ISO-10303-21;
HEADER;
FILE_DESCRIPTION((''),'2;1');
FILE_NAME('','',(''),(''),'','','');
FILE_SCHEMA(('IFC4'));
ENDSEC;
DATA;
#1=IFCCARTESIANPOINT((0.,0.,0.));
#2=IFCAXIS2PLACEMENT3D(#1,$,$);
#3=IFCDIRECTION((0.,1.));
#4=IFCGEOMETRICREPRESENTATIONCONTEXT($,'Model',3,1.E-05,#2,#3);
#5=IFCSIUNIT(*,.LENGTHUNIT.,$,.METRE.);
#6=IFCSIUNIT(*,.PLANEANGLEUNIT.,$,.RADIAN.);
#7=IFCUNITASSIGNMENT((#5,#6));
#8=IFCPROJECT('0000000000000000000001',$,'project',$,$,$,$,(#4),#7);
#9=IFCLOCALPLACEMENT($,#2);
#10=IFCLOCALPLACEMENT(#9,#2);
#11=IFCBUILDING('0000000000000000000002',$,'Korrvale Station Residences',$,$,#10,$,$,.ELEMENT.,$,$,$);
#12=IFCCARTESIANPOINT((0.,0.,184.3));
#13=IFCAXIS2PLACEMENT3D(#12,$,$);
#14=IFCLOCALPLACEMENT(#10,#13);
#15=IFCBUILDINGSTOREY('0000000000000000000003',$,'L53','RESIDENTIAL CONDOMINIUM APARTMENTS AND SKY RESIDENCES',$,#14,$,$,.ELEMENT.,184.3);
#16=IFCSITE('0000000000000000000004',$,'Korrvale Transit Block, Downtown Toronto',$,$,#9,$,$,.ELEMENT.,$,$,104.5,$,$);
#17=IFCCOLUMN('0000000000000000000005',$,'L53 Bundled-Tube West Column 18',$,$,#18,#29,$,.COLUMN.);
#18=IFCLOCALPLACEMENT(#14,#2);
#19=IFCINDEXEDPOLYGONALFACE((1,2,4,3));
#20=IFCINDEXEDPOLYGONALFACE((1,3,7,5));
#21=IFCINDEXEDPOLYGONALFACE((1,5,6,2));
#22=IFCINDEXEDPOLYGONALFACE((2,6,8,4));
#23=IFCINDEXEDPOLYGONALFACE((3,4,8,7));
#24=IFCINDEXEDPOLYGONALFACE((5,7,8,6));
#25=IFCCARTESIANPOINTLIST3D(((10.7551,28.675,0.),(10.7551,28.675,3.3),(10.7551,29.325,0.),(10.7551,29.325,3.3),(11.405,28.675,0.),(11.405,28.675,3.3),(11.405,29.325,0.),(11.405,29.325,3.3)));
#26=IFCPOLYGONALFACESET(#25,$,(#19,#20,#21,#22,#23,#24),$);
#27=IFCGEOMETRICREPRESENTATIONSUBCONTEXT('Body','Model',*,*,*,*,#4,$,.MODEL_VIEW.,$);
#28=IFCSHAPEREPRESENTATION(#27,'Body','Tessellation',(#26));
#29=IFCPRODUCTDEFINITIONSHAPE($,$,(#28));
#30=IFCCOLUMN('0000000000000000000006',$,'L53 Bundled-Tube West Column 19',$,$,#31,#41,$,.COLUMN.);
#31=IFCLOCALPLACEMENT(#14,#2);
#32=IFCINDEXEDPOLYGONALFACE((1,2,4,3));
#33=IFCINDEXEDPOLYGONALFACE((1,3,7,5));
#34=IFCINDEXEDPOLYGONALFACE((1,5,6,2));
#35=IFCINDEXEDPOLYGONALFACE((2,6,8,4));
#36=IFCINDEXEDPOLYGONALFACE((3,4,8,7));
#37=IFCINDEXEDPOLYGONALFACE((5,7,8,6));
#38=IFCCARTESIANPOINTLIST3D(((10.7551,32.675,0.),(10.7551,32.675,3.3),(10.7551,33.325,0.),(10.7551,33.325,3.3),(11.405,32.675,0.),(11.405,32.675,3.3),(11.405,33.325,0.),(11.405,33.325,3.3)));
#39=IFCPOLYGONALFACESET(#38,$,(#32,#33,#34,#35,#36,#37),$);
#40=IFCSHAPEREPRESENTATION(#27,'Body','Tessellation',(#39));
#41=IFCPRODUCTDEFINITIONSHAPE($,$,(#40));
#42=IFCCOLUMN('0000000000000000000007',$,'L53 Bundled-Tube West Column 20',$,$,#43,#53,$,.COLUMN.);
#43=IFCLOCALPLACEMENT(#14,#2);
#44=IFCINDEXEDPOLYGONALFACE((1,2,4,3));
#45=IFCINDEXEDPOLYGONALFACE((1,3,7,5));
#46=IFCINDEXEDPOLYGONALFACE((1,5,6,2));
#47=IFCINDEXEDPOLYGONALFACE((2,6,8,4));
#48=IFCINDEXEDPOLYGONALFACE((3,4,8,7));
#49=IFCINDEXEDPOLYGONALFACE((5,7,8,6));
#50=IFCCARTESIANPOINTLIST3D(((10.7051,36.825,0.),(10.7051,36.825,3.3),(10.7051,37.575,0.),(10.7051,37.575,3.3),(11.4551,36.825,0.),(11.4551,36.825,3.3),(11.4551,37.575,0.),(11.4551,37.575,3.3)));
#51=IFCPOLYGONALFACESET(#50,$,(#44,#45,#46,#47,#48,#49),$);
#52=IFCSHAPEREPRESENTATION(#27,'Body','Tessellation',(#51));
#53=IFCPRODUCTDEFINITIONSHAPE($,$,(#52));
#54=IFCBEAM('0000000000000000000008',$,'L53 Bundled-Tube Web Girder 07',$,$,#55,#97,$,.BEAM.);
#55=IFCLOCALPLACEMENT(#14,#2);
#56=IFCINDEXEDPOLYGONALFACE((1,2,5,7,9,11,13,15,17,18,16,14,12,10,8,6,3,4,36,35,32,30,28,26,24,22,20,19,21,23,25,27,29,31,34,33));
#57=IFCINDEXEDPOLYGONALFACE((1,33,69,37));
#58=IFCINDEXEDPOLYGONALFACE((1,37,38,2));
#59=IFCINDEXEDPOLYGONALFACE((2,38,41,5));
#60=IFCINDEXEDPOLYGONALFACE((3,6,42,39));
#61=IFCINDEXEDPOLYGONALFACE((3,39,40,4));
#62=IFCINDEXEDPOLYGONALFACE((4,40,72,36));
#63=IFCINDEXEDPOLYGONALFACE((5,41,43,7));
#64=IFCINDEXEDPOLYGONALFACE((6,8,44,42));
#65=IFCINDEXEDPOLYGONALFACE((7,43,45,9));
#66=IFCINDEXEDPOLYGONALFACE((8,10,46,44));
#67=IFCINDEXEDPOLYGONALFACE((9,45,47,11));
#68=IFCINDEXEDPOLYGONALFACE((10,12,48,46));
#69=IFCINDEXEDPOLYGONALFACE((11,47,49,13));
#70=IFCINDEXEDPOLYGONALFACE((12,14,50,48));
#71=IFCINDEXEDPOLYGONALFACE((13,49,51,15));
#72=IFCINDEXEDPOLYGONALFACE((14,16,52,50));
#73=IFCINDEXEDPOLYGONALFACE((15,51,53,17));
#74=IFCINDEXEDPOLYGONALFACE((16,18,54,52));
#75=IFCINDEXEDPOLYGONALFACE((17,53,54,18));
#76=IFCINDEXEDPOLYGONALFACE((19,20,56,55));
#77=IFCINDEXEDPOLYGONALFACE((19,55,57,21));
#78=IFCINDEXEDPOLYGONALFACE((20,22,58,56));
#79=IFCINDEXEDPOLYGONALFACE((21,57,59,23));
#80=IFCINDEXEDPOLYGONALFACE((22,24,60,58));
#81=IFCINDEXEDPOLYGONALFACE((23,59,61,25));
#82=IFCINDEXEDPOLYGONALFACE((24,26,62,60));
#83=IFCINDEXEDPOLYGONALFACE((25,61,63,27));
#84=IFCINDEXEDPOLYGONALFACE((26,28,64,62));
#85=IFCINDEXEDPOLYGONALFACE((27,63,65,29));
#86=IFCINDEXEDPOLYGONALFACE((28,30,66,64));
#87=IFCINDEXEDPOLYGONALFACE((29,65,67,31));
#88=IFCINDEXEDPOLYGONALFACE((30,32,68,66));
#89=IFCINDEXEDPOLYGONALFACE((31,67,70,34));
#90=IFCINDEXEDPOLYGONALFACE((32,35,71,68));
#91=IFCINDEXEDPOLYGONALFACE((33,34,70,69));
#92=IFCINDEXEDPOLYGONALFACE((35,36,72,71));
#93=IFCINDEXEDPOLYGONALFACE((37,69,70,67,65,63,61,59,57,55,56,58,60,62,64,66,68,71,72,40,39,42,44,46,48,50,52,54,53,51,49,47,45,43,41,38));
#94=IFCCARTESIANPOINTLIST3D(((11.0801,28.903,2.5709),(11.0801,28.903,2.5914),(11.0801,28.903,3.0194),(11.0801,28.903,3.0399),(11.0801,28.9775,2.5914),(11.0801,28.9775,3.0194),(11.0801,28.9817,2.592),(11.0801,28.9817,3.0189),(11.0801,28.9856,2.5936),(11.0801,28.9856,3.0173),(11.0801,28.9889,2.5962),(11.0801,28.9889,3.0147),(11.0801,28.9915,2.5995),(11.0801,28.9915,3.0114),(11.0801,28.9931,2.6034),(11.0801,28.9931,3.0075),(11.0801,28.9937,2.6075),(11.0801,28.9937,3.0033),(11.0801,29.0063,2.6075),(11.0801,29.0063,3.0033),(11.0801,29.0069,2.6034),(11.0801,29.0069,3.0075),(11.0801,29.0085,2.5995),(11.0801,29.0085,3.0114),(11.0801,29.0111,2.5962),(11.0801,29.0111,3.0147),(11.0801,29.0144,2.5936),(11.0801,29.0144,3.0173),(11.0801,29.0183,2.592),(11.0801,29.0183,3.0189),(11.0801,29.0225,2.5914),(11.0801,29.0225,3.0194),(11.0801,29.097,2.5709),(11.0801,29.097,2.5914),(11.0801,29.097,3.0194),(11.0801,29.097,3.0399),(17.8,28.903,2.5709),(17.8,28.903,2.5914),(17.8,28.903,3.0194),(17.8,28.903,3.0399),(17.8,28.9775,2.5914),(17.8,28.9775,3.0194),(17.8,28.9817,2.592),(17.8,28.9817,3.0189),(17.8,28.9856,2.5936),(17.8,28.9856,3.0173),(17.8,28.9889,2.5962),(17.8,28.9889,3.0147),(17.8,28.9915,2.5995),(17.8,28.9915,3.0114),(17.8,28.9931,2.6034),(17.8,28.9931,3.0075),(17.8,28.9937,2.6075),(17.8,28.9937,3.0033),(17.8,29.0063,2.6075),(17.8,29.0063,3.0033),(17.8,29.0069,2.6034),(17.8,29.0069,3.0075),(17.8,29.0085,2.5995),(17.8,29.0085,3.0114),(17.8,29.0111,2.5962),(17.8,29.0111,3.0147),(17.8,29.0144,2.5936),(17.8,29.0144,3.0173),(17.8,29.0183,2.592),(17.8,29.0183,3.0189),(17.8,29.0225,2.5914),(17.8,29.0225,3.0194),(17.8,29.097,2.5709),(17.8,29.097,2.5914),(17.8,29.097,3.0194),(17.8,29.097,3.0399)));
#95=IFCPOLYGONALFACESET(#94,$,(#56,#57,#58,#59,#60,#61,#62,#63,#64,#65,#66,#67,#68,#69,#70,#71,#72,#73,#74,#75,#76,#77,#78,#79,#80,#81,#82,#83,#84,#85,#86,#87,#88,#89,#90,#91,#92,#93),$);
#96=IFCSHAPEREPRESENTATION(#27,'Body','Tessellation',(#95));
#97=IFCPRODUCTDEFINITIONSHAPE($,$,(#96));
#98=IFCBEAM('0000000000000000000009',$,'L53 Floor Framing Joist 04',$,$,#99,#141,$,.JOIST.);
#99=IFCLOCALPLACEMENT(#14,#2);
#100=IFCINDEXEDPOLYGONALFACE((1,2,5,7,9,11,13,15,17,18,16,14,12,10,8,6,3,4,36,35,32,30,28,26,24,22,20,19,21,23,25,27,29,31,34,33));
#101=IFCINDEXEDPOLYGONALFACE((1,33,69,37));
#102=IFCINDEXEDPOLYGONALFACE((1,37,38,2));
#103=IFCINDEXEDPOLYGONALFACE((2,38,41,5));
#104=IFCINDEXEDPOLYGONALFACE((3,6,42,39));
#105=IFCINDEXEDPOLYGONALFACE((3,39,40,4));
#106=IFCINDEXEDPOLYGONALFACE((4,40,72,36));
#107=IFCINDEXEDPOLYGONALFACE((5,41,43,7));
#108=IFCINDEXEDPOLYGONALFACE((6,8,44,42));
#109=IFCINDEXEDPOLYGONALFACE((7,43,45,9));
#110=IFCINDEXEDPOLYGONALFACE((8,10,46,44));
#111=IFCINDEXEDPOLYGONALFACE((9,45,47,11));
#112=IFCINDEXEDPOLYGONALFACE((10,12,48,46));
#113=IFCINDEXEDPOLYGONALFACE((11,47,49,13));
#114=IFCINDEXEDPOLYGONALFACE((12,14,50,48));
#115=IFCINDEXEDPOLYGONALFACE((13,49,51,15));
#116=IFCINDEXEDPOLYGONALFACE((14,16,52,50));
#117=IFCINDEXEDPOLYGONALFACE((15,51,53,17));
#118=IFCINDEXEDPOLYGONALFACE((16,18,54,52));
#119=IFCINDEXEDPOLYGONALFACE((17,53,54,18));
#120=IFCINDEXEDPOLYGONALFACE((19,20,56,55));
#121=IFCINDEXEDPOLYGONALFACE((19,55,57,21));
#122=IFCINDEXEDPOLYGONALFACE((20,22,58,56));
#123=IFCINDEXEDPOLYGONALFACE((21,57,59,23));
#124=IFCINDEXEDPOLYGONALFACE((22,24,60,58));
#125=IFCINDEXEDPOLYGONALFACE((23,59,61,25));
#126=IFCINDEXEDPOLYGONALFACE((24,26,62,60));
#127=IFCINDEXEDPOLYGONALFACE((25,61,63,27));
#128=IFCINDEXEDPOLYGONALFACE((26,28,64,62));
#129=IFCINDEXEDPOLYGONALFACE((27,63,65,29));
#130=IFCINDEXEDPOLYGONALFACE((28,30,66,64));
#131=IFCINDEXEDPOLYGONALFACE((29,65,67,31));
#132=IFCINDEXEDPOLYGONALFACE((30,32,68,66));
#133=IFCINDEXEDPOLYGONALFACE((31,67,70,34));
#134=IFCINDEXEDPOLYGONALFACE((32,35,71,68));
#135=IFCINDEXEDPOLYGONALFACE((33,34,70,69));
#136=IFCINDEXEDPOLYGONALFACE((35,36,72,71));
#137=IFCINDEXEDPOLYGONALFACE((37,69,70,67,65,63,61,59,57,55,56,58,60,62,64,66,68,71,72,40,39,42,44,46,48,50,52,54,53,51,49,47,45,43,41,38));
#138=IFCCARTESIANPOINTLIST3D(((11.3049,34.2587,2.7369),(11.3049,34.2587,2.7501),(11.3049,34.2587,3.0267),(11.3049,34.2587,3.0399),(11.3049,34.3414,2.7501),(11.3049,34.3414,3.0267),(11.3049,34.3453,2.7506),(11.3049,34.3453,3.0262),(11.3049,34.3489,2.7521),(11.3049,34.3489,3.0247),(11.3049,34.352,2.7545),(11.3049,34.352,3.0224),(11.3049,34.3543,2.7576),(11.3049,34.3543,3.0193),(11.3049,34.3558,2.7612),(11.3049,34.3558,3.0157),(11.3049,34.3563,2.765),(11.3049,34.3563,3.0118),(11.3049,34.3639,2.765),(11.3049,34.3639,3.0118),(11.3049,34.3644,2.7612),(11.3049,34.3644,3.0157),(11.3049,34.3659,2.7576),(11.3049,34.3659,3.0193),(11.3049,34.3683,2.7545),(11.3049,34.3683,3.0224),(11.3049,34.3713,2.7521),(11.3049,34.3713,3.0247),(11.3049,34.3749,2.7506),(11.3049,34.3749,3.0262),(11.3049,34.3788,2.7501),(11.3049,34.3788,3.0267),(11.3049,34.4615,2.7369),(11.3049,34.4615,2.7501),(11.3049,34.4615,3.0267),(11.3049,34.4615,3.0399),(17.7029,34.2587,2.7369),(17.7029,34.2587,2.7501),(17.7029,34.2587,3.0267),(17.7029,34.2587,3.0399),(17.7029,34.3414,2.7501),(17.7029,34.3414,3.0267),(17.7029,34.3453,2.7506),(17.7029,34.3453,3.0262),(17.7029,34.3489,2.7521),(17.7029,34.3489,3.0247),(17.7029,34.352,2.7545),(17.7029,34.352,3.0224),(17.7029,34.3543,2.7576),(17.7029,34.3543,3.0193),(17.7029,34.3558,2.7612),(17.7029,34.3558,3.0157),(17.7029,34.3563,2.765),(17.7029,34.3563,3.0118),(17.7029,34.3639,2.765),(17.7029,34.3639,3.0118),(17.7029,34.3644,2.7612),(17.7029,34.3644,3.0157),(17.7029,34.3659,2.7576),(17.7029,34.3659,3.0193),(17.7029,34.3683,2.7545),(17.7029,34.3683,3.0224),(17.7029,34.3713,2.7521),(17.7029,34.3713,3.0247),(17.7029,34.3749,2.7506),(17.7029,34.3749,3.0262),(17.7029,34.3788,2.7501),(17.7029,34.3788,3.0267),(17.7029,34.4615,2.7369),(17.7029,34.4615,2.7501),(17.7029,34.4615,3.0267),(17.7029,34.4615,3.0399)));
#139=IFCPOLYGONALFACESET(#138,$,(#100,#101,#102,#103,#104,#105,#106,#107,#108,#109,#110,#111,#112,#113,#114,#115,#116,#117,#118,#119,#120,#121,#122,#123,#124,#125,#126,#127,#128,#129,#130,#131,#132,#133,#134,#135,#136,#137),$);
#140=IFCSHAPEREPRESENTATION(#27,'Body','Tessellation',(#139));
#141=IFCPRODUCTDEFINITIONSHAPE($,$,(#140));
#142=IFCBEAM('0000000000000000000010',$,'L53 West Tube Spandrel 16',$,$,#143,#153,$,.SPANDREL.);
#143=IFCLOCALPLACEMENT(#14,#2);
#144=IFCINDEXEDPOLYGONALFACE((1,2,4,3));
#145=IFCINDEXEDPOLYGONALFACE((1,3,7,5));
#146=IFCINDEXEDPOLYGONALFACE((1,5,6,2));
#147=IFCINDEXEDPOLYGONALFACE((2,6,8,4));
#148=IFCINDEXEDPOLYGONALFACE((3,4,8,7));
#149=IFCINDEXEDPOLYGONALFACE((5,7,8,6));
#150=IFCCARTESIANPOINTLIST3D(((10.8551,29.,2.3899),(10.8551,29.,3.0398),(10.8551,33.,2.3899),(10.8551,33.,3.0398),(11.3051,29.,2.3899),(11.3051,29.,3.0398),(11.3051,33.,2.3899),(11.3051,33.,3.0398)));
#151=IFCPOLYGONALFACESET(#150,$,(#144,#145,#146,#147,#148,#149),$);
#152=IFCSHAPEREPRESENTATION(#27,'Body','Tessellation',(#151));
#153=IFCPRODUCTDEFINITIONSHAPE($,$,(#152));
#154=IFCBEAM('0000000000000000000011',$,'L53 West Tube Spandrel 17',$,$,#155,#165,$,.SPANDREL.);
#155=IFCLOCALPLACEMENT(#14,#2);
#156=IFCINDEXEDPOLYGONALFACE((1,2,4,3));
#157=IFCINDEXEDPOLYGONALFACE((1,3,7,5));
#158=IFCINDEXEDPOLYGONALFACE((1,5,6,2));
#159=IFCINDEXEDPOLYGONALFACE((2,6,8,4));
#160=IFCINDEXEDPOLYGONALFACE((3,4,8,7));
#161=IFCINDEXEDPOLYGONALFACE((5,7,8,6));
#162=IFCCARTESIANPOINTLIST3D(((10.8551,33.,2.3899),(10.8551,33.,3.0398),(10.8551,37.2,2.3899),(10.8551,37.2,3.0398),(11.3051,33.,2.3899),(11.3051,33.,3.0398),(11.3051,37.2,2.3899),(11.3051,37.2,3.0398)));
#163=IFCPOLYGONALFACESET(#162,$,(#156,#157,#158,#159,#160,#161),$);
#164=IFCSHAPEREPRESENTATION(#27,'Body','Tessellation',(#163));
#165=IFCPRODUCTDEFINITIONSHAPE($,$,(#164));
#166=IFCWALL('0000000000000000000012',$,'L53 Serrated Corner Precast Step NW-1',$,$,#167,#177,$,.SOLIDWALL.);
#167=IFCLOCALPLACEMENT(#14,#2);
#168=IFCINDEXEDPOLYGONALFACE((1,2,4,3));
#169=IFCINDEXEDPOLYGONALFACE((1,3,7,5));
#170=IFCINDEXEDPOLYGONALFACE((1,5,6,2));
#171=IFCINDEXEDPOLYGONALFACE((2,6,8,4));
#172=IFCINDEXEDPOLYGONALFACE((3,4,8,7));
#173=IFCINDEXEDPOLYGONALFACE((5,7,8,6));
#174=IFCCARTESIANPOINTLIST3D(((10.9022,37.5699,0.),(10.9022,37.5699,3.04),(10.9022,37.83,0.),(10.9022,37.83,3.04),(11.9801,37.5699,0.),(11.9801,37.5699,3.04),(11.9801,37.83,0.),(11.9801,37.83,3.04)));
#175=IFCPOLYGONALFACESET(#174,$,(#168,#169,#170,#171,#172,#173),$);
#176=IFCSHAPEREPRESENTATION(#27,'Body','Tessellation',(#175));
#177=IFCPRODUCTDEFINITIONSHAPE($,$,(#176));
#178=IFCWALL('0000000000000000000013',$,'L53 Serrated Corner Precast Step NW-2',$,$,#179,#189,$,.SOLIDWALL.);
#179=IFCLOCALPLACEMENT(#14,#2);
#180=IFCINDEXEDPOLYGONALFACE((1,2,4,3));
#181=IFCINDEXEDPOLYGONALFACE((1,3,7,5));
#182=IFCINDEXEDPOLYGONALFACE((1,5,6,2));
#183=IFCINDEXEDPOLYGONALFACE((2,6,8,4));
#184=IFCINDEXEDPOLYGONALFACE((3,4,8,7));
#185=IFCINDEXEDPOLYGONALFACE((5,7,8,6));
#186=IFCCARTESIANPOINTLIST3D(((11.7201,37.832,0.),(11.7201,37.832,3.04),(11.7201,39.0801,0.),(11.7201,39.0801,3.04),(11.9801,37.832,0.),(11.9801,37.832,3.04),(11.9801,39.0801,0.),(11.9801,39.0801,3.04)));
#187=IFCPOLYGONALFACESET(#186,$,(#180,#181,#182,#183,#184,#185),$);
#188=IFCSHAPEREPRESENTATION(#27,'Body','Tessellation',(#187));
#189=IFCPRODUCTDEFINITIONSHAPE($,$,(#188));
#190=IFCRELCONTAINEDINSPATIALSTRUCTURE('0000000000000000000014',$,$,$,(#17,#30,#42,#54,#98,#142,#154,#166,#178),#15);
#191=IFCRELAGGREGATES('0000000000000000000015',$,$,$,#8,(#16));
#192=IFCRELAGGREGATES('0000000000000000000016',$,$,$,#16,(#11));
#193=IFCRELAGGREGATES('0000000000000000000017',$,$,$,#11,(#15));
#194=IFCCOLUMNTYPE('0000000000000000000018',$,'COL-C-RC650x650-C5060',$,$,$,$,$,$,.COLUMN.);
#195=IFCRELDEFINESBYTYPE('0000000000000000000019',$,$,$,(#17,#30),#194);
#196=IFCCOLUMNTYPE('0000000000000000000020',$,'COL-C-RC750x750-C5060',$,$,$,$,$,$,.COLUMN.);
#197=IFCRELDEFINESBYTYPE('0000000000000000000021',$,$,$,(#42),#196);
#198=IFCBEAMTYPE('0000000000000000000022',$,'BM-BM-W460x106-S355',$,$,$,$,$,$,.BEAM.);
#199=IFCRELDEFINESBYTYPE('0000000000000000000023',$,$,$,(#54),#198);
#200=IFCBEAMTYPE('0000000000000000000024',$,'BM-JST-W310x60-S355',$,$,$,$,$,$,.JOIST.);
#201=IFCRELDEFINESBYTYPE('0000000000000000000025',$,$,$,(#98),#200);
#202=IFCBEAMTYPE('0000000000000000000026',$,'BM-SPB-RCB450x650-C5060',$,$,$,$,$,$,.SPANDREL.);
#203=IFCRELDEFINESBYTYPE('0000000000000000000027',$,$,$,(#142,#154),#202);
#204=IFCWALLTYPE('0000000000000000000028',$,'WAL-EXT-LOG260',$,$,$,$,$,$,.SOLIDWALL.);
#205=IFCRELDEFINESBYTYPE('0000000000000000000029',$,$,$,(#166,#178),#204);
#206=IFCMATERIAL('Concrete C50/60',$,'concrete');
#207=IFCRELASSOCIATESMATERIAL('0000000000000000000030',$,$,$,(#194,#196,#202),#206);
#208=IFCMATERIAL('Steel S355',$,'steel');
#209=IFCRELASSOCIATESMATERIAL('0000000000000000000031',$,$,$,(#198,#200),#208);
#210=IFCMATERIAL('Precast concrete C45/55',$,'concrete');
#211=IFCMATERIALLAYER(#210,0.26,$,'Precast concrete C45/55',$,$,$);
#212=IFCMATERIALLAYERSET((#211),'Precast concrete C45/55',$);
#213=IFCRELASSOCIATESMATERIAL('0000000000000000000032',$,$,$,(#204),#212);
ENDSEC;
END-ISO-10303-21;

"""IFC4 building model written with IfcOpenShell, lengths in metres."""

from ifc_helpers import new_model, si_unit, direction, frame, frame_2d, origin, origin_2d, place, context, subcontext, project, spatial, rectangle, i_section, extrude, material, layer, layer_set, material_profile, profile_set, type_object, element, save


model = new_model("IFC4")

# Units and contexts
model_context = context("Model", 3, precision=1e-05, world=origin(), true_north=direction((0.0, 1.0)))
body_context = subcontext(model_context, "Body", "Model", "MODEL_VIEW")
ifc_project = project(units=[si_unit("LENGTHUNIT", "METRE"), si_unit("PLANEANGLEUNIT", "RADIAN")], contexts=[model_context])

# Site, building, storey
site_placement = place(None, origin())
site = spatial("IfcSite", under=ifc_project, at=site_placement, Name="Korrvale Transit Block, Downtown Toronto", CompositionType="ELEMENT", RefElevation=104.5)
building_placement = place(site_placement, origin())
building = spatial("IfcBuilding", under=site, at=building_placement, Name="Korrvale Station Residences", CompositionType="ELEMENT")
storey_placement = place(building_placement, frame((0.0, 0.0, 184.3)))
storey = spatial("IfcBuildingStorey", under=building, at=storey_placement, Name="L53", Description="RESIDENTIAL CONDOMINIUM APARTMENTS AND SKY RESIDENCES", CompositionType="ELEMENT", Elevation=184.3)

# Columns
ifc_material_1 = material(Name="Concrete C50/60", Category="concrete")
ifc_material_profile_1 = material_profile(ifc_material_1, rectangle(XDim=0.6499, YDim=0.6499, at=origin_2d()), Name="RC650x650")
ifc_profile_set_1 = profile_set([ifc_material_profile_1], Name="Concrete C50/60")
column_type_1 = type_object("IfcColumnType", Name="COL-C-RC650x650-C5060", PredefinedType="COLUMN", material=ifc_profile_set_1)
for number, where, z_axis, x_axis, name in (
    (1, (11.0801, 29.0, 0.0), (0.0, 0.0, 1.0), (1.0, 0.0, 0.0), "L53 Bundled-Tube West Column 18"),
    (2, (11.0801, 33.0, 0.0), (0.0, 0.0, 1.0), (1.0, 0.0, 0.0), "L53 Bundled-Tube West Column 19"),
):
    element("IfcColumn", number, at=place(storey_placement, frame(where, z_axis=z_axis, x_axis=x_axis)), inside=storey, type_object=column_type_1, Name=name, PredefinedType="COLUMN", context=body_context, shape_type="SweptSolid", body=[
        extrude(rectangle(XDim=0.6499, YDim=0.6499, at=origin_2d()), origin(), (0.0, 0.0, 1.0), 3.3),
    ])
ifc_material_profile_2 = material_profile(ifc_material_1, rectangle(XDim=0.75, YDim=0.75, at=origin_2d()), Name="RC750x750")
ifc_profile_set_2 = profile_set([ifc_material_profile_2], Name="Concrete C50/60")
column_type_2 = type_object("IfcColumnType", Name="COL-C-RC750x750-C5060", PredefinedType="COLUMN", material=ifc_profile_set_2)
column_placement = place(storey_placement, frame((11.0801, 37.2, 0.0), z_axis=(0.0, 0.0, 1.0), x_axis=(1.0, 0.0, 0.0)))
element("IfcColumn", 3, at=column_placement, inside=storey, type_object=column_type_2, Name="L53 Bundled-Tube West Column 20", PredefinedType="COLUMN", context=body_context, shape_type="SweptSolid", body=[
    extrude(rectangle(XDim=0.75, YDim=0.75, at=origin_2d()), origin(), (0.0, 0.0, 1.0), 3.3),
])

# Beams
ifc_material_2 = material(Name="Steel S355", Category="steel")
ifc_material_profile_3 = material_profile(ifc_material_2, i_section(OverallWidth=0.1941, OverallDepth=0.469, WebThickness=0.0127, FlangeThickness=0.0205, FilletRadius=0.0161, at=origin_2d()), Name="W460x106")
ifc_profile_set_3 = profile_set([ifc_material_profile_3], Name="Steel S355")
beam_type_1 = type_object("IfcBeamType", Name="BM-BM-W460x106-S355", PredefinedType="BEAM", material=ifc_profile_set_3)
beam_1_placement = place(storey_placement, frame((11.0801, 29.0, 2.8054), z_axis=(1.0, 0.0, 0.0), x_axis=(0.0, 1.0, 0.0)))
element("IfcBeam", 4, at=beam_1_placement, inside=storey, type_object=beam_type_1, Name="L53 Bundled-Tube Web Girder 07", PredefinedType="BEAM", context=body_context, shape_type="SweptSolid", body=[
    extrude(i_section(OverallWidth=0.1941, OverallDepth=0.469, WebThickness=0.0127, FlangeThickness=0.0205, FilletRadius=0.0161, at=origin_2d()), origin(), (0.0, 0.0, 1.0), 6.72),
])
ifc_material_profile_4 = material_profile(ifc_material_2, i_section(OverallWidth=0.2029, OverallDepth=0.303, WebThickness=0.0076, FlangeThickness=0.0132, FilletRadius=0.0149, at=origin_2d()), Name="W310x60")
ifc_profile_set_4 = profile_set([ifc_material_profile_4], Name="Steel S355")
beam_type_2 = type_object("IfcBeamType", Name="BM-JST-W310x60-S355", PredefinedType="JOIST", material=ifc_profile_set_4)
beam_2_placement = place(storey_placement, frame((11.3049, 34.3601, 2.8884), z_axis=(1.0, 0.0, 0.0), x_axis=(0.0, 1.0, 0.0)))
element("IfcBeam", 5, at=beam_2_placement, inside=storey, type_object=beam_type_2, Name="L53 Floor Framing Joist 04", PredefinedType="JOIST", context=body_context, shape_type="SweptSolid", body=[
    extrude(i_section(OverallWidth=0.2029, OverallDepth=0.303, WebThickness=0.0076, FlangeThickness=0.0132, FilletRadius=0.0149, at=origin_2d()), origin(), (0.0, 0.0, 1.0), 6.3979),
])
ifc_material_profile_5 = material_profile(ifc_material_1, rectangle(XDim=0.45, YDim=0.6499, at=origin_2d()), Name="RCB450x650")
ifc_profile_set_5 = profile_set([ifc_material_profile_5], Name="Concrete C50/60")
beam_type_3 = type_object("IfcBeamType", Name="BM-SPB-RCB450x650-C5060", PredefinedType="SPANDREL", material=ifc_profile_set_5)
beam_3_placement = place(storey_placement, frame((11.0801, 29.0, 2.7148), z_axis=(0.0, 1.0, 0.0), x_axis=(-1.0, 0.0, 0.0)))
element("IfcBeam", 6, at=beam_3_placement, inside=storey, type_object=beam_type_3, Name="L53 West Tube Spandrel 16", PredefinedType="SPANDREL", context=body_context, shape_type="SweptSolid", body=[
    extrude(rectangle(XDim=0.45, YDim=0.6499, at=origin_2d()), origin(), (0.0, 0.0, 1.0), 4.0),
])
beam_4_placement = place(storey_placement, frame((11.0801, 33.0, 2.7148), z_axis=(0.0, 1.0, 0.0), x_axis=(-1.0, 0.0, 0.0)))
element("IfcBeam", 7, at=beam_4_placement, inside=storey, type_object=beam_type_3, Name="L53 West Tube Spandrel 17", PredefinedType="SPANDREL", context=body_context, shape_type="SweptSolid", body=[
    extrude(rectangle(XDim=0.45, YDim=0.6499, at=origin_2d()), origin(), (0.0, 0.0, 1.0), 4.2),
])

# Walls
ifc_material_3 = material(Name="Precast concrete C45/55", Category="concrete")
ifc_layer_1 = layer(ifc_material_3, 0.26, Name="Precast concrete C45/55")
ifc_layer_set_1 = layer_set([ifc_layer_1], Name="Precast concrete C45/55")
wall_type_1 = type_object("IfcWallType", Name="WAL-EXT-LOG260", PredefinedType="SOLIDWALL", material=ifc_layer_set_1)
wall_1_placement = place(storey_placement, frame((10.9021, 37.7, 0.0), z_axis=(0.0, 0.0, 1.0), x_axis=(1.0, 0.0, 0.0)))
element("IfcWall", 8, at=wall_1_placement, inside=storey, type_object=wall_type_1, Name="L53 Serrated Corner Precast Step NW-1", PredefinedType="SOLIDWALL", context=body_context, shape_type="SweptSolid", body=[
    extrude(rectangle(XDim=1.0779, YDim=0.26, at=frame_2d((0.5391, 0.0))), origin(), (0.0, 0.0, 1.0), 3.04),
])
wall_2_placement = place(storey_placement, frame((11.8501, 37.832, 0.0), z_axis=(0.0, 0.0, 1.0), x_axis=(0.0, 1.0, 0.0)))
element("IfcWall", 9, at=wall_2_placement, inside=storey, type_object=wall_type_1, Name="L53 Serrated Corner Precast Step NW-2", PredefinedType="SOLIDWALL", context=body_context, shape_type="SweptSolid", body=[
    extrude(rectangle(XDim=1.248, YDim=0.26, at=frame_2d((0.624, 0.0))), origin(), (0.0, 0.0, 1.0), 3.04),
])

save(model, "model.ifc")
